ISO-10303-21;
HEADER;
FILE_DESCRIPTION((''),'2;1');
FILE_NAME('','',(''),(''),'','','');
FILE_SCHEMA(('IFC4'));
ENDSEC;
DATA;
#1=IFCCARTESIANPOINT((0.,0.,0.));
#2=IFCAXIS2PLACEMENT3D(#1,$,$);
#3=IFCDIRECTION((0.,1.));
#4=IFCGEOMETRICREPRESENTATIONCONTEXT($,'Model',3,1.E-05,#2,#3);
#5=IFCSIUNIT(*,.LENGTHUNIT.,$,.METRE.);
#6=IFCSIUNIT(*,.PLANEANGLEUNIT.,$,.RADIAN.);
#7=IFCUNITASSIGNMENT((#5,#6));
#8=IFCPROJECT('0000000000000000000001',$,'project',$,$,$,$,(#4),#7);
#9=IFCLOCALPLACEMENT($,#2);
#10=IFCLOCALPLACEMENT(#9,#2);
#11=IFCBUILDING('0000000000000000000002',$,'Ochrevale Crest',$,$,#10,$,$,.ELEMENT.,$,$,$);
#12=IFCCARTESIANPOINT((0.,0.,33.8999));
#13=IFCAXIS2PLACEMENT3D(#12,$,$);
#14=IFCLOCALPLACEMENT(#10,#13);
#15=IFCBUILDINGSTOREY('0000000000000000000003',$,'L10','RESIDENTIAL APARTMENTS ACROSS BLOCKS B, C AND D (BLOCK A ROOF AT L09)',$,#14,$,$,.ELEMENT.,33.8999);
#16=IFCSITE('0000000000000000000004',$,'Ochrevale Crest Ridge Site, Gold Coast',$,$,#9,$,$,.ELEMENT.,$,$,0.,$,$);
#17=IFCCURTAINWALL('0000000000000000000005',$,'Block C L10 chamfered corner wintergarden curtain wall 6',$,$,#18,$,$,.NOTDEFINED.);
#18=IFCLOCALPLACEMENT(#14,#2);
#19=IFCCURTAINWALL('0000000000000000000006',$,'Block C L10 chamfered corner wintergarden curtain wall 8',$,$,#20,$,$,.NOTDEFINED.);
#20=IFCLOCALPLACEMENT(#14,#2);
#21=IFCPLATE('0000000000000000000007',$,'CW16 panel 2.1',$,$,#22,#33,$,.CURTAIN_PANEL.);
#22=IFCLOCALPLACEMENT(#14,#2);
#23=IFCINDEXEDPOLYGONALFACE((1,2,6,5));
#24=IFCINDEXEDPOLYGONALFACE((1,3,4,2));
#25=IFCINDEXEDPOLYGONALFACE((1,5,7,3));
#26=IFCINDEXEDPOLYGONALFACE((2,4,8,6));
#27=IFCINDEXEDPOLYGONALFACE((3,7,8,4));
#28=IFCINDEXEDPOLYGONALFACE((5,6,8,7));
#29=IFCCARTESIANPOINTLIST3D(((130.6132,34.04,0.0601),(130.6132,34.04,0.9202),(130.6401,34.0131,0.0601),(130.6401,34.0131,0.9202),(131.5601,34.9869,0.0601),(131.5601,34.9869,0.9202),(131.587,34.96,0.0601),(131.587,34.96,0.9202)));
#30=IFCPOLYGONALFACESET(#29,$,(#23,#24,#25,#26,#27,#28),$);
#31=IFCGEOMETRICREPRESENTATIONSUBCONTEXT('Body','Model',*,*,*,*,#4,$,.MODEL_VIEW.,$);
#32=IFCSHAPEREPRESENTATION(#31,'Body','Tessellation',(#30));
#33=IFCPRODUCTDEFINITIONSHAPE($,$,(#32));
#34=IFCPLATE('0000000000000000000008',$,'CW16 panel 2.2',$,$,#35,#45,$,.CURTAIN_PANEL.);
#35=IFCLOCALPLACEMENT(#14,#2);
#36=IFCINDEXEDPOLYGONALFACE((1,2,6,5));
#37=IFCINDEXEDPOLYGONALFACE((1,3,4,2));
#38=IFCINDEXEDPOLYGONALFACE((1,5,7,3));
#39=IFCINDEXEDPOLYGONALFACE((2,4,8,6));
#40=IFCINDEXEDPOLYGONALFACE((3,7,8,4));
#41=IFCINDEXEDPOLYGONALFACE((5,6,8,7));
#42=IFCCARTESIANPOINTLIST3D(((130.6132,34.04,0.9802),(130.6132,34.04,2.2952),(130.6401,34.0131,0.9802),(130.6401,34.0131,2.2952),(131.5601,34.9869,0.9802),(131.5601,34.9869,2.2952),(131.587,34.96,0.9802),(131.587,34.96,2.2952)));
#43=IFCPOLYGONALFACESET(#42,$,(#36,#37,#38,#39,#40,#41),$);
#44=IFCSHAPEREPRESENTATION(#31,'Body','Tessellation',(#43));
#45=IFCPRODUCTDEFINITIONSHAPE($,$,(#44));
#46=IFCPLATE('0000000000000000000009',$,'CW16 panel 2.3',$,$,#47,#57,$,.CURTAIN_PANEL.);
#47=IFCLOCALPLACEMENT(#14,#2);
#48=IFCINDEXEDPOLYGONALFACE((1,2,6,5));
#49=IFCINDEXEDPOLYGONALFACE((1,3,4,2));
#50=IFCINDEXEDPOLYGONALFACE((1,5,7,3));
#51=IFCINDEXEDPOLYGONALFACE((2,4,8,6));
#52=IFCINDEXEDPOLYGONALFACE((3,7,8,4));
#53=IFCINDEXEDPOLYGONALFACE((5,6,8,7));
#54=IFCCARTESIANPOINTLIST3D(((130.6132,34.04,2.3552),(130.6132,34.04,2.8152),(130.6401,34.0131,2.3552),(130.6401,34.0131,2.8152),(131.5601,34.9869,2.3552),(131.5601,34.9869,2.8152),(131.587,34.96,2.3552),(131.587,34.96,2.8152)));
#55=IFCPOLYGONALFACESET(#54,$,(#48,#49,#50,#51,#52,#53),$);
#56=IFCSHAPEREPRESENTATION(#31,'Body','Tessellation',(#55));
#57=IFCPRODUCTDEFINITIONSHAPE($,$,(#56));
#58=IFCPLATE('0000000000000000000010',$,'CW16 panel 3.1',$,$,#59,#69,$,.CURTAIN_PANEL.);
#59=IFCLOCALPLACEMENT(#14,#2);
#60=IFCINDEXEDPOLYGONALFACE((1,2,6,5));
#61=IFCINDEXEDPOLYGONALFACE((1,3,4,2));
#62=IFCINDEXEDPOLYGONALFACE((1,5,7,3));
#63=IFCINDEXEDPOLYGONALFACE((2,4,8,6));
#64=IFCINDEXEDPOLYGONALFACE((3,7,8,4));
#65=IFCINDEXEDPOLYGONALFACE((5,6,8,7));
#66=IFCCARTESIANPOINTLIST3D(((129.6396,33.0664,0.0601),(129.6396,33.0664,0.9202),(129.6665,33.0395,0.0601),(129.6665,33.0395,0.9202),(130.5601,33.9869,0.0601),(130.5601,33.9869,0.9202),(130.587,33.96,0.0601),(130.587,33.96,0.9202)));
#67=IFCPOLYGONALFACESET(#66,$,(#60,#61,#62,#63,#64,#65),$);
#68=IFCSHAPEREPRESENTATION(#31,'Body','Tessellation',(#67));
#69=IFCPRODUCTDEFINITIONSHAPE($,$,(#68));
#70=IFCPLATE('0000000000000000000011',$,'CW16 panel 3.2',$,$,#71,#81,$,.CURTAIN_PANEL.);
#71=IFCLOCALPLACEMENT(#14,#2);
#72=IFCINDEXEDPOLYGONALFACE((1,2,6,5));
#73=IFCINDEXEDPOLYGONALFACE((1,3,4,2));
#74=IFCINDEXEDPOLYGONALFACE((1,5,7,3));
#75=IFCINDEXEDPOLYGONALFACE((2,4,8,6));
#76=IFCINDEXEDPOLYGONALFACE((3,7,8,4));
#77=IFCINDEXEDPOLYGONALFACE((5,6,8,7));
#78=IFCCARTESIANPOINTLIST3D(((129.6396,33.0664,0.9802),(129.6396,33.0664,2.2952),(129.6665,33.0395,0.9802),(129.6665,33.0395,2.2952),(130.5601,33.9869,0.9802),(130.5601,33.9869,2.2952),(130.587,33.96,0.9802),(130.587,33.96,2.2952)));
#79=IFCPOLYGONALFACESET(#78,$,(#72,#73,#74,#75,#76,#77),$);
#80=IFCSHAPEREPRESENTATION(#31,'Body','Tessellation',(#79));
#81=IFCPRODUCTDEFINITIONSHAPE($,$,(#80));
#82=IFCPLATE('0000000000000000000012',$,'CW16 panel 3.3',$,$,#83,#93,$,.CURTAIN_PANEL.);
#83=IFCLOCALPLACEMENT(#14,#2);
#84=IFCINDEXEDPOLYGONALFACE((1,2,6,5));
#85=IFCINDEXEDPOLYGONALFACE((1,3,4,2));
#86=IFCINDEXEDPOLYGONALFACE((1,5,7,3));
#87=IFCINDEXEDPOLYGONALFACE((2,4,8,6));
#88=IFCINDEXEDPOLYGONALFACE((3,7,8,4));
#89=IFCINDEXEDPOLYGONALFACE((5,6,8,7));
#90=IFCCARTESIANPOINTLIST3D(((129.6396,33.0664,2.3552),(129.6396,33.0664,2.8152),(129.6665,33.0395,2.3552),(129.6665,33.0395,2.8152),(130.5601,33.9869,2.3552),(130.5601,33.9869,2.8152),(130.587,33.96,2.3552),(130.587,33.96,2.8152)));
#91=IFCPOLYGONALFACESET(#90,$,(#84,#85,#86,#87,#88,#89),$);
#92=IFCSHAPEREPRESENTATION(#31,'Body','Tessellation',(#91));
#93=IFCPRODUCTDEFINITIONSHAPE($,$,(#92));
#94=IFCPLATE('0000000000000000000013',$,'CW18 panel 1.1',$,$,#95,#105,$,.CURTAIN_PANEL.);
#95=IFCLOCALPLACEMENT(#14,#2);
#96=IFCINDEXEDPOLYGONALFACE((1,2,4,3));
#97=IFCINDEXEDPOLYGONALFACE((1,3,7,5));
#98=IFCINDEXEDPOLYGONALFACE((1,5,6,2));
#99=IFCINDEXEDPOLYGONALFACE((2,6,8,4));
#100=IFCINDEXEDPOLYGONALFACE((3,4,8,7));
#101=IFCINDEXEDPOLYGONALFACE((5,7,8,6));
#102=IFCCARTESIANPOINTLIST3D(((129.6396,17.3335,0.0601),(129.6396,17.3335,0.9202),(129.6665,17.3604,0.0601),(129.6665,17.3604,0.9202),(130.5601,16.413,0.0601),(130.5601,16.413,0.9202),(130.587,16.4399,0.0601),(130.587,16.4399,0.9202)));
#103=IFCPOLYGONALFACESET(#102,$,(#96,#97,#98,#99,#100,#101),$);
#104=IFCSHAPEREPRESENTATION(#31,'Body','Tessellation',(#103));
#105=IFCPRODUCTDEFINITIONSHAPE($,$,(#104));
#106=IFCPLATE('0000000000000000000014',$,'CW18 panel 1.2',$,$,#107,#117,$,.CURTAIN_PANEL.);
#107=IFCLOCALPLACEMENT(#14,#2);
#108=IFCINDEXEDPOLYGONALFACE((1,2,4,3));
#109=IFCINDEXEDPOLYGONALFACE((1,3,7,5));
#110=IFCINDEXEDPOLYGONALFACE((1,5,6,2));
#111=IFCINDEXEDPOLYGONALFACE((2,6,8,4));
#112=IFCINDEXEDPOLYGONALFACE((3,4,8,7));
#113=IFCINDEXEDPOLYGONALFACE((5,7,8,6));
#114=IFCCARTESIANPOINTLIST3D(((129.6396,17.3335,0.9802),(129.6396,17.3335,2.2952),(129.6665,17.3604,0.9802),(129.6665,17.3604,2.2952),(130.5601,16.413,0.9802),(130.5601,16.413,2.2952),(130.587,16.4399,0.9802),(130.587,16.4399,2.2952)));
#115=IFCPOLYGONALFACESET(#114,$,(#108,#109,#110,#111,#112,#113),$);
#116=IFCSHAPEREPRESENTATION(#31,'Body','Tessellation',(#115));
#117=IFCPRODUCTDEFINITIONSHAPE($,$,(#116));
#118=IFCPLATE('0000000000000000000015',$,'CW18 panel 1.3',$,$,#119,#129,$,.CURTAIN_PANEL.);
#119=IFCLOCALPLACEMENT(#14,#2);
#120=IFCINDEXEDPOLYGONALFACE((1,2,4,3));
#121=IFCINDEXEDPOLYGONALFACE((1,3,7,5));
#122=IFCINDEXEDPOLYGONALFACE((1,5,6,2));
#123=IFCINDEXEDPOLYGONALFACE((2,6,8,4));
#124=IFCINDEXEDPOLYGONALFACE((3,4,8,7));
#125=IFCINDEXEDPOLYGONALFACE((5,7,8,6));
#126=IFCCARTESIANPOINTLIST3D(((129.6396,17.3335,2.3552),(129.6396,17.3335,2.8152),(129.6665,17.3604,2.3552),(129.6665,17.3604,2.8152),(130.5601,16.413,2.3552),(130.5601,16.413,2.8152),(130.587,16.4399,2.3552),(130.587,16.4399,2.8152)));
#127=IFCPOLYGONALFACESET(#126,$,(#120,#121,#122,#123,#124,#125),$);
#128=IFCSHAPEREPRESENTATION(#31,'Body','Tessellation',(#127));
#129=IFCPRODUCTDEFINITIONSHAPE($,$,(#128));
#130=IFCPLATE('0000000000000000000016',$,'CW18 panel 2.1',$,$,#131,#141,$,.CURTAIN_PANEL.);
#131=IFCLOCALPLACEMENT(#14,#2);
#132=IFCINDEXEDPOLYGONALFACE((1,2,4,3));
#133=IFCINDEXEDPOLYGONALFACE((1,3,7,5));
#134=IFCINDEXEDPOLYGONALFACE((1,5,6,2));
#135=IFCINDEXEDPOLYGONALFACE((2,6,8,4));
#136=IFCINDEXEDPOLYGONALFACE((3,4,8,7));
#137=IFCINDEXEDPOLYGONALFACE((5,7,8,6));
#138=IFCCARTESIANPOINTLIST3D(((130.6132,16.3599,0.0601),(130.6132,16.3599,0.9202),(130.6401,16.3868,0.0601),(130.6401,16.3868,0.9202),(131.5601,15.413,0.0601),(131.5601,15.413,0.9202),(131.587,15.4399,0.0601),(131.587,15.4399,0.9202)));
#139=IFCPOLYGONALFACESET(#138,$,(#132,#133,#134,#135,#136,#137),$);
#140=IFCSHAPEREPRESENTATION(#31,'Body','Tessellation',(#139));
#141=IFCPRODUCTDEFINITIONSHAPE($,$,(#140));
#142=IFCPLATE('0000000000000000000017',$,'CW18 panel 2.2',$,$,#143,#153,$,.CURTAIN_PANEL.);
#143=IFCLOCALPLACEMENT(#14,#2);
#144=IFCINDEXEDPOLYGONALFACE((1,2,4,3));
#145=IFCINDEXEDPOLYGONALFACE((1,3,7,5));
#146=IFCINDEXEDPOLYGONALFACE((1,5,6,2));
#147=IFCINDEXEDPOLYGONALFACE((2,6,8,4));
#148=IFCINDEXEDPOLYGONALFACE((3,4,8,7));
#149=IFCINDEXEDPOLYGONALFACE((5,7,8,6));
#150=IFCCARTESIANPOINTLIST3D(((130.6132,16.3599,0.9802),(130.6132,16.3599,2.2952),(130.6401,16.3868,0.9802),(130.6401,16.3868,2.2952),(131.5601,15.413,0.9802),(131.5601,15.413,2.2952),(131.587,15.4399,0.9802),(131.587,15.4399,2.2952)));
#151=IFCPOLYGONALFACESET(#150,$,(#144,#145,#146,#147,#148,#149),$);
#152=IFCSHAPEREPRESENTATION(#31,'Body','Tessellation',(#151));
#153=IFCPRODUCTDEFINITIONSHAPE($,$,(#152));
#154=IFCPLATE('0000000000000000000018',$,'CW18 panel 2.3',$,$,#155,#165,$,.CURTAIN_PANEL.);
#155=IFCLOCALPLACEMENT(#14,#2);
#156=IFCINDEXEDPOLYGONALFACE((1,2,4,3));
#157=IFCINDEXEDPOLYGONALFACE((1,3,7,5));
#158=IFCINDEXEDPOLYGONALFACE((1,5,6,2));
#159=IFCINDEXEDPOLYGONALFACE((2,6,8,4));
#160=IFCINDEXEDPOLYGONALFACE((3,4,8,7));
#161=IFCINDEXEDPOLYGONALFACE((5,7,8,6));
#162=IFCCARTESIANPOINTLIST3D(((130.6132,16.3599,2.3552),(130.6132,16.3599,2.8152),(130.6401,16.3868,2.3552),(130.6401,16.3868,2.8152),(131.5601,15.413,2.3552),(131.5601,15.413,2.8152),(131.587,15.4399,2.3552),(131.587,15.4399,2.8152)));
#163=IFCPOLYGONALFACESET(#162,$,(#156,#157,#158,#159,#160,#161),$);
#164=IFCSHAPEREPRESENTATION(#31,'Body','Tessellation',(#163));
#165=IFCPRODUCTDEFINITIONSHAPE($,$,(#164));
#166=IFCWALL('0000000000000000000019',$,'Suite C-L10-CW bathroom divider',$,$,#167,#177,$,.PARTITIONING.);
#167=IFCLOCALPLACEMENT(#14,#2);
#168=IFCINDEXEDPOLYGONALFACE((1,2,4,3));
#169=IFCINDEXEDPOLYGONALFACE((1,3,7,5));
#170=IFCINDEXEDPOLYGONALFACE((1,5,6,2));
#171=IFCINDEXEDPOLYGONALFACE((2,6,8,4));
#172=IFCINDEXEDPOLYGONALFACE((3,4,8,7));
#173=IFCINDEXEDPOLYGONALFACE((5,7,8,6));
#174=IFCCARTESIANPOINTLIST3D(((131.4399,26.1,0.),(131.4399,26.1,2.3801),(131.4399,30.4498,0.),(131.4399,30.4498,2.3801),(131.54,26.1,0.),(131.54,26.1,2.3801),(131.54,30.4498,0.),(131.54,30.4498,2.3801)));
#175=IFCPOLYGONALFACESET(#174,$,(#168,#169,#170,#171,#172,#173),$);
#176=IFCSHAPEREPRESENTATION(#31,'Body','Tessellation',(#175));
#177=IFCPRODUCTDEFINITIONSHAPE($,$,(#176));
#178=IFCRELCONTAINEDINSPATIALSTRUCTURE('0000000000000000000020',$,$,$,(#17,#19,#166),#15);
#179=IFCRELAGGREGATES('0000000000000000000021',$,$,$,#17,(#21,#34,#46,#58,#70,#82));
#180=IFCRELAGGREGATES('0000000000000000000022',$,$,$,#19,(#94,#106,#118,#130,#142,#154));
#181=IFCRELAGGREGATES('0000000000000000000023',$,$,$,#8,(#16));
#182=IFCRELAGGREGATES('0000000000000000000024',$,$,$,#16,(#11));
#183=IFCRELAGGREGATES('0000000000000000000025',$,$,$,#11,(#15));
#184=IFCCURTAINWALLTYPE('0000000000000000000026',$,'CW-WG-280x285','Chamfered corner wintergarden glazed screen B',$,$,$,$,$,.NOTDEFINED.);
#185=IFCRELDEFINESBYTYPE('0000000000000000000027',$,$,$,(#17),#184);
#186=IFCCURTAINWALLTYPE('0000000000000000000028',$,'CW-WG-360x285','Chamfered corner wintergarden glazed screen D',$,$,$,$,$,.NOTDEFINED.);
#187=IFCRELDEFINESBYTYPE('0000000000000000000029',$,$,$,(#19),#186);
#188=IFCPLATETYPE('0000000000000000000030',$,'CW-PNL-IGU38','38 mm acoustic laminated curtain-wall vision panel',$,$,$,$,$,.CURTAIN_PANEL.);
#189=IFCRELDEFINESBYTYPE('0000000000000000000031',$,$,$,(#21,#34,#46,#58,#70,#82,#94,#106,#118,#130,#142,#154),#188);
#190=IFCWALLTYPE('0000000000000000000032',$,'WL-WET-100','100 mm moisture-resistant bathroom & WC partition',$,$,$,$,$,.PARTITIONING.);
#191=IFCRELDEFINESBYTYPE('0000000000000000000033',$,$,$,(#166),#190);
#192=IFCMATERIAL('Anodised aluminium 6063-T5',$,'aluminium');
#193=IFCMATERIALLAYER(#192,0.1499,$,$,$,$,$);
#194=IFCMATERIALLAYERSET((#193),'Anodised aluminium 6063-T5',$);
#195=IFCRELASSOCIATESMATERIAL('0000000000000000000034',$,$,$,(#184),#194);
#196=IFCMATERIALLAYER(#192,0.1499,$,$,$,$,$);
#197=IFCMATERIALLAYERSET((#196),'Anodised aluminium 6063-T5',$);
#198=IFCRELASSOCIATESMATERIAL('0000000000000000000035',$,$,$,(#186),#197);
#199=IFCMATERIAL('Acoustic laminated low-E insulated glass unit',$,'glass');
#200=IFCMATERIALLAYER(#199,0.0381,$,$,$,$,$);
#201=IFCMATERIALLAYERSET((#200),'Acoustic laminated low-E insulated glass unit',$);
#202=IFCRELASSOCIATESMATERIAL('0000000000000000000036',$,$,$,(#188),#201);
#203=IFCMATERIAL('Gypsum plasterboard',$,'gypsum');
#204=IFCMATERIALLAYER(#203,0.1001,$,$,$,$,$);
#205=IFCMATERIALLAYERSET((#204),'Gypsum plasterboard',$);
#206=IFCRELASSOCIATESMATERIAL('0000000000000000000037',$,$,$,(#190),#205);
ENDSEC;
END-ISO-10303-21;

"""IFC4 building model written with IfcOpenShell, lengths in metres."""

from ifc_helpers import new_model, si_unit, direction, frame, frame_2d, origin, origin_2d, place, context, subcontext, project, spatial, rectangle, extrude, material, layer, layer_set, type_object, element, aggregate, save


model = new_model("IFC4")

# Units and contexts
model_context = context("Model", 3, precision=1e-05, world=origin(), true_north=direction((0.0, 1.0)))
body_context = subcontext(model_context, "Body", "Model", "MODEL_VIEW")
ifc_project = project(units=[si_unit("LENGTHUNIT", "METRE"), si_unit("PLANEANGLEUNIT", "RADIAN")], contexts=[model_context])

# Site, building, storey
site_placement = place(None, origin())
site = spatial("IfcSite", under=ifc_project, at=site_placement, Name="Ochrevale Crest Ridge Site, Gold Coast", CompositionType="ELEMENT", RefElevation=0.0)
building_placement = place(site_placement, origin())
building = spatial("IfcBuilding", under=site, at=building_placement, Name="Ochrevale Crest", CompositionType="ELEMENT")
storey_placement = place(building_placement, frame((0.0, 0.0, 33.8999)))
storey = spatial("IfcBuildingStorey", under=building, at=storey_placement, Name="L10", Description="RESIDENTIAL APARTMENTS ACROSS BLOCKS B, C AND D (BLOCK A ROOF AT L09)", CompositionType="ELEMENT", Elevation=33.8999)

# Curtain walls
ifc_material_1 = material(Name="Anodised aluminium 6063-T5", Category="aluminium")
ifc_layer_1 = layer(ifc_material_1, 0.1499)
ifc_layer_set_1 = layer_set([ifc_layer_1], Name="Anodised aluminium 6063-T5")
curtain_wall_type_1 = type_object("IfcCurtainWallType", Name="CW-WG-280x285", Description="Chamfered corner wintergarden glazed screen B", PredefinedType="NOTDEFINED", material=ifc_layer_set_1)
curtain_wall_1_placement = place(storey_placement, origin())
curtain_wall_1 = element("IfcCurtainWall", 1, at=curtain_wall_1_placement, inside=storey, type_object=curtain_wall_type_1, Name="Block C L10 chamfered corner wintergarden curtain wall 6", PredefinedType="NOTDEFINED")
ifc_layer_2 = layer(ifc_material_1, 0.1499)
ifc_layer_set_2 = layer_set([ifc_layer_2], Name="Anodised aluminium 6063-T5")
curtain_wall_type_2 = type_object("IfcCurtainWallType", Name="CW-WG-360x285", Description="Chamfered corner wintergarden glazed screen D", PredefinedType="NOTDEFINED", material=ifc_layer_set_2)
curtain_wall_2_placement = place(storey_placement, origin())
curtain_wall_2 = element("IfcCurtainWall", 2, at=curtain_wall_2_placement, inside=storey, type_object=curtain_wall_type_2, Name="Block C L10 chamfered corner wintergarden curtain wall 8", PredefinedType="NOTDEFINED")

# Plates
ifc_material_2 = material(Name="Acoustic laminated low-E insulated glass unit", Category="glass")
ifc_layer_3 = layer(ifc_material_2, 0.0381)
ifc_layer_set_3 = layer_set([ifc_layer_3], Name="Acoustic laminated low-E insulated glass unit")
plate_type = type_object("IfcPlateType", Name="CW-PNL-IGU38", Description="38 mm acoustic laminated curtain-wall vision panel", PredefinedType="CURTAIN_PANEL", material=ifc_layer_set_3)
plate_1_placement = place(storey_placement, frame((131.1001, 34.5, 0.0601), z_axis=(0.0, 0.0, 1.0), x_axis=(-0.707107, -0.707107, 0.0)))
plate_1 = element("IfcPlate", 3, at=plate_1_placement, type_object=plate_type, Name="CW16 panel 2.1", PredefinedType="CURTAIN_PANEL", context=body_context, shape_type="SweptSolid", body=[
    extrude(rectangle(XDim=1.3391, YDim=0.0381, at=origin_2d()), origin(), (0.0, 0.0, 1.0), 0.8601),
])
plate_2_placement = place(storey_placement, frame((131.1001, 34.5, 0.9802), z_axis=(0.0, 0.0, 1.0), x_axis=(-0.707107, -0.707107, 0.0)))
plate_2 = element("IfcPlate", 4, at=plate_2_placement, type_object=plate_type, Name="CW16 panel 2.2", PredefinedType="CURTAIN_PANEL", context=body_context, shape_type="SweptSolid", body=[
    extrude(rectangle(XDim=1.3391, YDim=0.0381, at=origin_2d()), origin(), (0.0, 0.0, 1.0), 1.3149),
])
plate_3_placement = place(storey_placement, frame((131.1001, 34.5, 2.3552), z_axis=(0.0, 0.0, 1.0), x_axis=(-0.707107, -0.707107, 0.0)))
plate_3 = element("IfcPlate", 5, at=plate_3_placement, type_object=plate_type, Name="CW16 panel 2.3", PredefinedType="CURTAIN_PANEL", context=body_context, shape_type="SweptSolid", body=[
    extrude(rectangle(XDim=1.3391, YDim=0.0381, at=origin_2d()), origin(), (0.0, 0.0, 1.0), 0.46),
])
plate_4_placement = place(storey_placement, frame((130.1133, 33.5132, 0.0601), z_axis=(0.0, 0.0, 1.0), x_axis=(-0.707107, -0.707107, 0.0)))
plate_4 = element("IfcPlate", 6, at=plate_4_placement, type_object=plate_type, Name="CW16 panel 3.1", PredefinedType="CURTAIN_PANEL", context=body_context, shape_type="SweptSolid", body=[
    extrude(rectangle(XDim=1.3018, YDim=0.0381, at=origin_2d()), origin(), (0.0, 0.0, 1.0), 0.8601),
])
plate_5_placement = place(storey_placement, frame((130.1133, 33.5132, 0.9802), z_axis=(0.0, 0.0, 1.0), x_axis=(-0.707107, -0.707107, 0.0)))
plate_5 = element("IfcPlate", 7, at=plate_5_placement, type_object=plate_type, Name="CW16 panel 3.2", PredefinedType="CURTAIN_PANEL", context=body_context, shape_type="SweptSolid", body=[
    extrude(rectangle(XDim=1.3018, YDim=0.0381, at=origin_2d()), origin(), (0.0, 0.0, 1.0), 1.3149),
])
plate_6_placement = place(storey_placement, frame((130.1133, 33.5132, 2.3552), z_axis=(0.0, 0.0, 1.0), x_axis=(-0.707107, -0.707107, 0.0)))
plate_6 = element("IfcPlate", 8, at=plate_6_placement, type_object=plate_type, Name="CW16 panel 3.3", PredefinedType="CURTAIN_PANEL", context=body_context, shape_type="SweptSolid", body=[
    extrude(rectangle(XDim=1.3018, YDim=0.0381, at=origin_2d()), origin(), (0.0, 0.0, 1.0), 0.46),
])
aggregate(curtain_wall_1, [plate_1, plate_2, plate_3, plate_4, plate_5, plate_6])
plate_7_placement = place(storey_placement, frame((130.1133, 16.8867, 0.0601), z_axis=(0.0, 0.0, 1.0), x_axis=(0.707107, -0.707107, 0.0)))
plate_7 = element("IfcPlate", 9, at=plate_7_placement, type_object=plate_type, Name="CW18 panel 1.1", PredefinedType="CURTAIN_PANEL", context=body_context, shape_type="SweptSolid", body=[
    extrude(rectangle(XDim=1.3018, YDim=0.0381, at=origin_2d()), origin(), (0.0, 0.0, 1.0), 0.8601),
])
plate_8_placement = place(storey_placement, frame((130.1133, 16.8867, 0.9802), z_axis=(0.0, 0.0, 1.0), x_axis=(0.707107, -0.707107, 0.0)))
plate_8 = element("IfcPlate", 10, at=plate_8_placement, type_object=plate_type, Name="CW18 panel 1.2", PredefinedType="CURTAIN_PANEL", context=body_context, shape_type="SweptSolid", body=[
    extrude(rectangle(XDim=1.3018, YDim=0.0381, at=origin_2d()), origin(), (0.0, 0.0, 1.0), 1.3149),
])
plate_9_placement = place(storey_placement, frame((130.1133, 16.8867, 2.3552), z_axis=(0.0, 0.0, 1.0), x_axis=(0.707107, -0.707107, 0.0)))
plate_9 = element("IfcPlate", 11, at=plate_9_placement, type_object=plate_type, Name="CW18 panel 1.3", PredefinedType="CURTAIN_PANEL", context=body_context, shape_type="SweptSolid", body=[
    extrude(rectangle(XDim=1.3018, YDim=0.0381, at=origin_2d()), origin(), (0.0, 0.0, 1.0), 0.46),
])
plate_10_placement = place(storey_placement, frame((131.1001, 15.8999, 0.0601), z_axis=(0.0, 0.0, 1.0), x_axis=(0.707107, -0.707107, 0.0)))
plate_10 = element("IfcPlate", 12, at=plate_10_placement, type_object=plate_type, Name="CW18 panel 2.1", PredefinedType="CURTAIN_PANEL", context=body_context, shape_type="SweptSolid", body=[
    extrude(rectangle(XDim=1.3391, YDim=0.0381, at=origin_2d()), origin(), (0.0, 0.0, 1.0), 0.8601),
])
plate_11_placement = place(storey_placement, frame((131.1001, 15.8999, 0.9802), z_axis=(0.0, 0.0, 1.0), x_axis=(0.707107, -0.707107, 0.0)))
plate_11 = element("IfcPlate", 13, at=plate_11_placement, type_object=plate_type, Name="CW18 panel 2.2", PredefinedType="CURTAIN_PANEL", context=body_context, shape_type="SweptSolid", body=[
    extrude(rectangle(XDim=1.3391, YDim=0.0381, at=origin_2d()), origin(), (0.0, 0.0, 1.0), 1.3149),
])
plate_12_placement = place(storey_placement, frame((131.1001, 15.8999, 2.3552), z_axis=(0.0, 0.0, 1.0), x_axis=(0.707107, -0.707107, 0.0)))
plate_12 = element("IfcPlate", 14, at=plate_12_placement, type_object=plate_type, Name="CW18 panel 2.3", PredefinedType="CURTAIN_PANEL", context=body_context, shape_type="SweptSolid", body=[
    extrude(rectangle(XDim=1.3391, YDim=0.0381, at=origin_2d()), origin(), (0.0, 0.0, 1.0), 0.46),
])
aggregate(curtain_wall_2, [plate_7, plate_8, plate_9, plate_10, plate_11, plate_12])

# Wall
ifc_material_3 = material(Name="Gypsum plasterboard", Category="gypsum")
ifc_layer_4 = layer(ifc_material_3, 0.1001)
ifc_layer_set_4 = layer_set([ifc_layer_4], Name="Gypsum plasterboard")
wall_type = type_object("IfcWallType", Name="WL-WET-100", Description="100 mm moisture-resistant bathroom & WC partition", PredefinedType="PARTITIONING", material=ifc_layer_set_4)
wall_placement = place(storey_placement, frame((131.49, 26.1001, 0.0), z_axis=(0.0, 0.0, 1.0), x_axis=(0.0, 1.0, 0.0)))
element("IfcWall", 15, at=wall_placement, inside=storey, type_object=wall_type, Name="Suite C-L10-CW bathroom divider", PredefinedType="PARTITIONING", context=body_context, shape_type="SweptSolid", body=[
    extrude(rectangle(XDim=4.3499, YDim=0.1001, at=frame_2d((2.1748, 0.0))), origin(), (0.0, 0.0, 1.0), 2.3801),
])

save(model, "model.ifc")
